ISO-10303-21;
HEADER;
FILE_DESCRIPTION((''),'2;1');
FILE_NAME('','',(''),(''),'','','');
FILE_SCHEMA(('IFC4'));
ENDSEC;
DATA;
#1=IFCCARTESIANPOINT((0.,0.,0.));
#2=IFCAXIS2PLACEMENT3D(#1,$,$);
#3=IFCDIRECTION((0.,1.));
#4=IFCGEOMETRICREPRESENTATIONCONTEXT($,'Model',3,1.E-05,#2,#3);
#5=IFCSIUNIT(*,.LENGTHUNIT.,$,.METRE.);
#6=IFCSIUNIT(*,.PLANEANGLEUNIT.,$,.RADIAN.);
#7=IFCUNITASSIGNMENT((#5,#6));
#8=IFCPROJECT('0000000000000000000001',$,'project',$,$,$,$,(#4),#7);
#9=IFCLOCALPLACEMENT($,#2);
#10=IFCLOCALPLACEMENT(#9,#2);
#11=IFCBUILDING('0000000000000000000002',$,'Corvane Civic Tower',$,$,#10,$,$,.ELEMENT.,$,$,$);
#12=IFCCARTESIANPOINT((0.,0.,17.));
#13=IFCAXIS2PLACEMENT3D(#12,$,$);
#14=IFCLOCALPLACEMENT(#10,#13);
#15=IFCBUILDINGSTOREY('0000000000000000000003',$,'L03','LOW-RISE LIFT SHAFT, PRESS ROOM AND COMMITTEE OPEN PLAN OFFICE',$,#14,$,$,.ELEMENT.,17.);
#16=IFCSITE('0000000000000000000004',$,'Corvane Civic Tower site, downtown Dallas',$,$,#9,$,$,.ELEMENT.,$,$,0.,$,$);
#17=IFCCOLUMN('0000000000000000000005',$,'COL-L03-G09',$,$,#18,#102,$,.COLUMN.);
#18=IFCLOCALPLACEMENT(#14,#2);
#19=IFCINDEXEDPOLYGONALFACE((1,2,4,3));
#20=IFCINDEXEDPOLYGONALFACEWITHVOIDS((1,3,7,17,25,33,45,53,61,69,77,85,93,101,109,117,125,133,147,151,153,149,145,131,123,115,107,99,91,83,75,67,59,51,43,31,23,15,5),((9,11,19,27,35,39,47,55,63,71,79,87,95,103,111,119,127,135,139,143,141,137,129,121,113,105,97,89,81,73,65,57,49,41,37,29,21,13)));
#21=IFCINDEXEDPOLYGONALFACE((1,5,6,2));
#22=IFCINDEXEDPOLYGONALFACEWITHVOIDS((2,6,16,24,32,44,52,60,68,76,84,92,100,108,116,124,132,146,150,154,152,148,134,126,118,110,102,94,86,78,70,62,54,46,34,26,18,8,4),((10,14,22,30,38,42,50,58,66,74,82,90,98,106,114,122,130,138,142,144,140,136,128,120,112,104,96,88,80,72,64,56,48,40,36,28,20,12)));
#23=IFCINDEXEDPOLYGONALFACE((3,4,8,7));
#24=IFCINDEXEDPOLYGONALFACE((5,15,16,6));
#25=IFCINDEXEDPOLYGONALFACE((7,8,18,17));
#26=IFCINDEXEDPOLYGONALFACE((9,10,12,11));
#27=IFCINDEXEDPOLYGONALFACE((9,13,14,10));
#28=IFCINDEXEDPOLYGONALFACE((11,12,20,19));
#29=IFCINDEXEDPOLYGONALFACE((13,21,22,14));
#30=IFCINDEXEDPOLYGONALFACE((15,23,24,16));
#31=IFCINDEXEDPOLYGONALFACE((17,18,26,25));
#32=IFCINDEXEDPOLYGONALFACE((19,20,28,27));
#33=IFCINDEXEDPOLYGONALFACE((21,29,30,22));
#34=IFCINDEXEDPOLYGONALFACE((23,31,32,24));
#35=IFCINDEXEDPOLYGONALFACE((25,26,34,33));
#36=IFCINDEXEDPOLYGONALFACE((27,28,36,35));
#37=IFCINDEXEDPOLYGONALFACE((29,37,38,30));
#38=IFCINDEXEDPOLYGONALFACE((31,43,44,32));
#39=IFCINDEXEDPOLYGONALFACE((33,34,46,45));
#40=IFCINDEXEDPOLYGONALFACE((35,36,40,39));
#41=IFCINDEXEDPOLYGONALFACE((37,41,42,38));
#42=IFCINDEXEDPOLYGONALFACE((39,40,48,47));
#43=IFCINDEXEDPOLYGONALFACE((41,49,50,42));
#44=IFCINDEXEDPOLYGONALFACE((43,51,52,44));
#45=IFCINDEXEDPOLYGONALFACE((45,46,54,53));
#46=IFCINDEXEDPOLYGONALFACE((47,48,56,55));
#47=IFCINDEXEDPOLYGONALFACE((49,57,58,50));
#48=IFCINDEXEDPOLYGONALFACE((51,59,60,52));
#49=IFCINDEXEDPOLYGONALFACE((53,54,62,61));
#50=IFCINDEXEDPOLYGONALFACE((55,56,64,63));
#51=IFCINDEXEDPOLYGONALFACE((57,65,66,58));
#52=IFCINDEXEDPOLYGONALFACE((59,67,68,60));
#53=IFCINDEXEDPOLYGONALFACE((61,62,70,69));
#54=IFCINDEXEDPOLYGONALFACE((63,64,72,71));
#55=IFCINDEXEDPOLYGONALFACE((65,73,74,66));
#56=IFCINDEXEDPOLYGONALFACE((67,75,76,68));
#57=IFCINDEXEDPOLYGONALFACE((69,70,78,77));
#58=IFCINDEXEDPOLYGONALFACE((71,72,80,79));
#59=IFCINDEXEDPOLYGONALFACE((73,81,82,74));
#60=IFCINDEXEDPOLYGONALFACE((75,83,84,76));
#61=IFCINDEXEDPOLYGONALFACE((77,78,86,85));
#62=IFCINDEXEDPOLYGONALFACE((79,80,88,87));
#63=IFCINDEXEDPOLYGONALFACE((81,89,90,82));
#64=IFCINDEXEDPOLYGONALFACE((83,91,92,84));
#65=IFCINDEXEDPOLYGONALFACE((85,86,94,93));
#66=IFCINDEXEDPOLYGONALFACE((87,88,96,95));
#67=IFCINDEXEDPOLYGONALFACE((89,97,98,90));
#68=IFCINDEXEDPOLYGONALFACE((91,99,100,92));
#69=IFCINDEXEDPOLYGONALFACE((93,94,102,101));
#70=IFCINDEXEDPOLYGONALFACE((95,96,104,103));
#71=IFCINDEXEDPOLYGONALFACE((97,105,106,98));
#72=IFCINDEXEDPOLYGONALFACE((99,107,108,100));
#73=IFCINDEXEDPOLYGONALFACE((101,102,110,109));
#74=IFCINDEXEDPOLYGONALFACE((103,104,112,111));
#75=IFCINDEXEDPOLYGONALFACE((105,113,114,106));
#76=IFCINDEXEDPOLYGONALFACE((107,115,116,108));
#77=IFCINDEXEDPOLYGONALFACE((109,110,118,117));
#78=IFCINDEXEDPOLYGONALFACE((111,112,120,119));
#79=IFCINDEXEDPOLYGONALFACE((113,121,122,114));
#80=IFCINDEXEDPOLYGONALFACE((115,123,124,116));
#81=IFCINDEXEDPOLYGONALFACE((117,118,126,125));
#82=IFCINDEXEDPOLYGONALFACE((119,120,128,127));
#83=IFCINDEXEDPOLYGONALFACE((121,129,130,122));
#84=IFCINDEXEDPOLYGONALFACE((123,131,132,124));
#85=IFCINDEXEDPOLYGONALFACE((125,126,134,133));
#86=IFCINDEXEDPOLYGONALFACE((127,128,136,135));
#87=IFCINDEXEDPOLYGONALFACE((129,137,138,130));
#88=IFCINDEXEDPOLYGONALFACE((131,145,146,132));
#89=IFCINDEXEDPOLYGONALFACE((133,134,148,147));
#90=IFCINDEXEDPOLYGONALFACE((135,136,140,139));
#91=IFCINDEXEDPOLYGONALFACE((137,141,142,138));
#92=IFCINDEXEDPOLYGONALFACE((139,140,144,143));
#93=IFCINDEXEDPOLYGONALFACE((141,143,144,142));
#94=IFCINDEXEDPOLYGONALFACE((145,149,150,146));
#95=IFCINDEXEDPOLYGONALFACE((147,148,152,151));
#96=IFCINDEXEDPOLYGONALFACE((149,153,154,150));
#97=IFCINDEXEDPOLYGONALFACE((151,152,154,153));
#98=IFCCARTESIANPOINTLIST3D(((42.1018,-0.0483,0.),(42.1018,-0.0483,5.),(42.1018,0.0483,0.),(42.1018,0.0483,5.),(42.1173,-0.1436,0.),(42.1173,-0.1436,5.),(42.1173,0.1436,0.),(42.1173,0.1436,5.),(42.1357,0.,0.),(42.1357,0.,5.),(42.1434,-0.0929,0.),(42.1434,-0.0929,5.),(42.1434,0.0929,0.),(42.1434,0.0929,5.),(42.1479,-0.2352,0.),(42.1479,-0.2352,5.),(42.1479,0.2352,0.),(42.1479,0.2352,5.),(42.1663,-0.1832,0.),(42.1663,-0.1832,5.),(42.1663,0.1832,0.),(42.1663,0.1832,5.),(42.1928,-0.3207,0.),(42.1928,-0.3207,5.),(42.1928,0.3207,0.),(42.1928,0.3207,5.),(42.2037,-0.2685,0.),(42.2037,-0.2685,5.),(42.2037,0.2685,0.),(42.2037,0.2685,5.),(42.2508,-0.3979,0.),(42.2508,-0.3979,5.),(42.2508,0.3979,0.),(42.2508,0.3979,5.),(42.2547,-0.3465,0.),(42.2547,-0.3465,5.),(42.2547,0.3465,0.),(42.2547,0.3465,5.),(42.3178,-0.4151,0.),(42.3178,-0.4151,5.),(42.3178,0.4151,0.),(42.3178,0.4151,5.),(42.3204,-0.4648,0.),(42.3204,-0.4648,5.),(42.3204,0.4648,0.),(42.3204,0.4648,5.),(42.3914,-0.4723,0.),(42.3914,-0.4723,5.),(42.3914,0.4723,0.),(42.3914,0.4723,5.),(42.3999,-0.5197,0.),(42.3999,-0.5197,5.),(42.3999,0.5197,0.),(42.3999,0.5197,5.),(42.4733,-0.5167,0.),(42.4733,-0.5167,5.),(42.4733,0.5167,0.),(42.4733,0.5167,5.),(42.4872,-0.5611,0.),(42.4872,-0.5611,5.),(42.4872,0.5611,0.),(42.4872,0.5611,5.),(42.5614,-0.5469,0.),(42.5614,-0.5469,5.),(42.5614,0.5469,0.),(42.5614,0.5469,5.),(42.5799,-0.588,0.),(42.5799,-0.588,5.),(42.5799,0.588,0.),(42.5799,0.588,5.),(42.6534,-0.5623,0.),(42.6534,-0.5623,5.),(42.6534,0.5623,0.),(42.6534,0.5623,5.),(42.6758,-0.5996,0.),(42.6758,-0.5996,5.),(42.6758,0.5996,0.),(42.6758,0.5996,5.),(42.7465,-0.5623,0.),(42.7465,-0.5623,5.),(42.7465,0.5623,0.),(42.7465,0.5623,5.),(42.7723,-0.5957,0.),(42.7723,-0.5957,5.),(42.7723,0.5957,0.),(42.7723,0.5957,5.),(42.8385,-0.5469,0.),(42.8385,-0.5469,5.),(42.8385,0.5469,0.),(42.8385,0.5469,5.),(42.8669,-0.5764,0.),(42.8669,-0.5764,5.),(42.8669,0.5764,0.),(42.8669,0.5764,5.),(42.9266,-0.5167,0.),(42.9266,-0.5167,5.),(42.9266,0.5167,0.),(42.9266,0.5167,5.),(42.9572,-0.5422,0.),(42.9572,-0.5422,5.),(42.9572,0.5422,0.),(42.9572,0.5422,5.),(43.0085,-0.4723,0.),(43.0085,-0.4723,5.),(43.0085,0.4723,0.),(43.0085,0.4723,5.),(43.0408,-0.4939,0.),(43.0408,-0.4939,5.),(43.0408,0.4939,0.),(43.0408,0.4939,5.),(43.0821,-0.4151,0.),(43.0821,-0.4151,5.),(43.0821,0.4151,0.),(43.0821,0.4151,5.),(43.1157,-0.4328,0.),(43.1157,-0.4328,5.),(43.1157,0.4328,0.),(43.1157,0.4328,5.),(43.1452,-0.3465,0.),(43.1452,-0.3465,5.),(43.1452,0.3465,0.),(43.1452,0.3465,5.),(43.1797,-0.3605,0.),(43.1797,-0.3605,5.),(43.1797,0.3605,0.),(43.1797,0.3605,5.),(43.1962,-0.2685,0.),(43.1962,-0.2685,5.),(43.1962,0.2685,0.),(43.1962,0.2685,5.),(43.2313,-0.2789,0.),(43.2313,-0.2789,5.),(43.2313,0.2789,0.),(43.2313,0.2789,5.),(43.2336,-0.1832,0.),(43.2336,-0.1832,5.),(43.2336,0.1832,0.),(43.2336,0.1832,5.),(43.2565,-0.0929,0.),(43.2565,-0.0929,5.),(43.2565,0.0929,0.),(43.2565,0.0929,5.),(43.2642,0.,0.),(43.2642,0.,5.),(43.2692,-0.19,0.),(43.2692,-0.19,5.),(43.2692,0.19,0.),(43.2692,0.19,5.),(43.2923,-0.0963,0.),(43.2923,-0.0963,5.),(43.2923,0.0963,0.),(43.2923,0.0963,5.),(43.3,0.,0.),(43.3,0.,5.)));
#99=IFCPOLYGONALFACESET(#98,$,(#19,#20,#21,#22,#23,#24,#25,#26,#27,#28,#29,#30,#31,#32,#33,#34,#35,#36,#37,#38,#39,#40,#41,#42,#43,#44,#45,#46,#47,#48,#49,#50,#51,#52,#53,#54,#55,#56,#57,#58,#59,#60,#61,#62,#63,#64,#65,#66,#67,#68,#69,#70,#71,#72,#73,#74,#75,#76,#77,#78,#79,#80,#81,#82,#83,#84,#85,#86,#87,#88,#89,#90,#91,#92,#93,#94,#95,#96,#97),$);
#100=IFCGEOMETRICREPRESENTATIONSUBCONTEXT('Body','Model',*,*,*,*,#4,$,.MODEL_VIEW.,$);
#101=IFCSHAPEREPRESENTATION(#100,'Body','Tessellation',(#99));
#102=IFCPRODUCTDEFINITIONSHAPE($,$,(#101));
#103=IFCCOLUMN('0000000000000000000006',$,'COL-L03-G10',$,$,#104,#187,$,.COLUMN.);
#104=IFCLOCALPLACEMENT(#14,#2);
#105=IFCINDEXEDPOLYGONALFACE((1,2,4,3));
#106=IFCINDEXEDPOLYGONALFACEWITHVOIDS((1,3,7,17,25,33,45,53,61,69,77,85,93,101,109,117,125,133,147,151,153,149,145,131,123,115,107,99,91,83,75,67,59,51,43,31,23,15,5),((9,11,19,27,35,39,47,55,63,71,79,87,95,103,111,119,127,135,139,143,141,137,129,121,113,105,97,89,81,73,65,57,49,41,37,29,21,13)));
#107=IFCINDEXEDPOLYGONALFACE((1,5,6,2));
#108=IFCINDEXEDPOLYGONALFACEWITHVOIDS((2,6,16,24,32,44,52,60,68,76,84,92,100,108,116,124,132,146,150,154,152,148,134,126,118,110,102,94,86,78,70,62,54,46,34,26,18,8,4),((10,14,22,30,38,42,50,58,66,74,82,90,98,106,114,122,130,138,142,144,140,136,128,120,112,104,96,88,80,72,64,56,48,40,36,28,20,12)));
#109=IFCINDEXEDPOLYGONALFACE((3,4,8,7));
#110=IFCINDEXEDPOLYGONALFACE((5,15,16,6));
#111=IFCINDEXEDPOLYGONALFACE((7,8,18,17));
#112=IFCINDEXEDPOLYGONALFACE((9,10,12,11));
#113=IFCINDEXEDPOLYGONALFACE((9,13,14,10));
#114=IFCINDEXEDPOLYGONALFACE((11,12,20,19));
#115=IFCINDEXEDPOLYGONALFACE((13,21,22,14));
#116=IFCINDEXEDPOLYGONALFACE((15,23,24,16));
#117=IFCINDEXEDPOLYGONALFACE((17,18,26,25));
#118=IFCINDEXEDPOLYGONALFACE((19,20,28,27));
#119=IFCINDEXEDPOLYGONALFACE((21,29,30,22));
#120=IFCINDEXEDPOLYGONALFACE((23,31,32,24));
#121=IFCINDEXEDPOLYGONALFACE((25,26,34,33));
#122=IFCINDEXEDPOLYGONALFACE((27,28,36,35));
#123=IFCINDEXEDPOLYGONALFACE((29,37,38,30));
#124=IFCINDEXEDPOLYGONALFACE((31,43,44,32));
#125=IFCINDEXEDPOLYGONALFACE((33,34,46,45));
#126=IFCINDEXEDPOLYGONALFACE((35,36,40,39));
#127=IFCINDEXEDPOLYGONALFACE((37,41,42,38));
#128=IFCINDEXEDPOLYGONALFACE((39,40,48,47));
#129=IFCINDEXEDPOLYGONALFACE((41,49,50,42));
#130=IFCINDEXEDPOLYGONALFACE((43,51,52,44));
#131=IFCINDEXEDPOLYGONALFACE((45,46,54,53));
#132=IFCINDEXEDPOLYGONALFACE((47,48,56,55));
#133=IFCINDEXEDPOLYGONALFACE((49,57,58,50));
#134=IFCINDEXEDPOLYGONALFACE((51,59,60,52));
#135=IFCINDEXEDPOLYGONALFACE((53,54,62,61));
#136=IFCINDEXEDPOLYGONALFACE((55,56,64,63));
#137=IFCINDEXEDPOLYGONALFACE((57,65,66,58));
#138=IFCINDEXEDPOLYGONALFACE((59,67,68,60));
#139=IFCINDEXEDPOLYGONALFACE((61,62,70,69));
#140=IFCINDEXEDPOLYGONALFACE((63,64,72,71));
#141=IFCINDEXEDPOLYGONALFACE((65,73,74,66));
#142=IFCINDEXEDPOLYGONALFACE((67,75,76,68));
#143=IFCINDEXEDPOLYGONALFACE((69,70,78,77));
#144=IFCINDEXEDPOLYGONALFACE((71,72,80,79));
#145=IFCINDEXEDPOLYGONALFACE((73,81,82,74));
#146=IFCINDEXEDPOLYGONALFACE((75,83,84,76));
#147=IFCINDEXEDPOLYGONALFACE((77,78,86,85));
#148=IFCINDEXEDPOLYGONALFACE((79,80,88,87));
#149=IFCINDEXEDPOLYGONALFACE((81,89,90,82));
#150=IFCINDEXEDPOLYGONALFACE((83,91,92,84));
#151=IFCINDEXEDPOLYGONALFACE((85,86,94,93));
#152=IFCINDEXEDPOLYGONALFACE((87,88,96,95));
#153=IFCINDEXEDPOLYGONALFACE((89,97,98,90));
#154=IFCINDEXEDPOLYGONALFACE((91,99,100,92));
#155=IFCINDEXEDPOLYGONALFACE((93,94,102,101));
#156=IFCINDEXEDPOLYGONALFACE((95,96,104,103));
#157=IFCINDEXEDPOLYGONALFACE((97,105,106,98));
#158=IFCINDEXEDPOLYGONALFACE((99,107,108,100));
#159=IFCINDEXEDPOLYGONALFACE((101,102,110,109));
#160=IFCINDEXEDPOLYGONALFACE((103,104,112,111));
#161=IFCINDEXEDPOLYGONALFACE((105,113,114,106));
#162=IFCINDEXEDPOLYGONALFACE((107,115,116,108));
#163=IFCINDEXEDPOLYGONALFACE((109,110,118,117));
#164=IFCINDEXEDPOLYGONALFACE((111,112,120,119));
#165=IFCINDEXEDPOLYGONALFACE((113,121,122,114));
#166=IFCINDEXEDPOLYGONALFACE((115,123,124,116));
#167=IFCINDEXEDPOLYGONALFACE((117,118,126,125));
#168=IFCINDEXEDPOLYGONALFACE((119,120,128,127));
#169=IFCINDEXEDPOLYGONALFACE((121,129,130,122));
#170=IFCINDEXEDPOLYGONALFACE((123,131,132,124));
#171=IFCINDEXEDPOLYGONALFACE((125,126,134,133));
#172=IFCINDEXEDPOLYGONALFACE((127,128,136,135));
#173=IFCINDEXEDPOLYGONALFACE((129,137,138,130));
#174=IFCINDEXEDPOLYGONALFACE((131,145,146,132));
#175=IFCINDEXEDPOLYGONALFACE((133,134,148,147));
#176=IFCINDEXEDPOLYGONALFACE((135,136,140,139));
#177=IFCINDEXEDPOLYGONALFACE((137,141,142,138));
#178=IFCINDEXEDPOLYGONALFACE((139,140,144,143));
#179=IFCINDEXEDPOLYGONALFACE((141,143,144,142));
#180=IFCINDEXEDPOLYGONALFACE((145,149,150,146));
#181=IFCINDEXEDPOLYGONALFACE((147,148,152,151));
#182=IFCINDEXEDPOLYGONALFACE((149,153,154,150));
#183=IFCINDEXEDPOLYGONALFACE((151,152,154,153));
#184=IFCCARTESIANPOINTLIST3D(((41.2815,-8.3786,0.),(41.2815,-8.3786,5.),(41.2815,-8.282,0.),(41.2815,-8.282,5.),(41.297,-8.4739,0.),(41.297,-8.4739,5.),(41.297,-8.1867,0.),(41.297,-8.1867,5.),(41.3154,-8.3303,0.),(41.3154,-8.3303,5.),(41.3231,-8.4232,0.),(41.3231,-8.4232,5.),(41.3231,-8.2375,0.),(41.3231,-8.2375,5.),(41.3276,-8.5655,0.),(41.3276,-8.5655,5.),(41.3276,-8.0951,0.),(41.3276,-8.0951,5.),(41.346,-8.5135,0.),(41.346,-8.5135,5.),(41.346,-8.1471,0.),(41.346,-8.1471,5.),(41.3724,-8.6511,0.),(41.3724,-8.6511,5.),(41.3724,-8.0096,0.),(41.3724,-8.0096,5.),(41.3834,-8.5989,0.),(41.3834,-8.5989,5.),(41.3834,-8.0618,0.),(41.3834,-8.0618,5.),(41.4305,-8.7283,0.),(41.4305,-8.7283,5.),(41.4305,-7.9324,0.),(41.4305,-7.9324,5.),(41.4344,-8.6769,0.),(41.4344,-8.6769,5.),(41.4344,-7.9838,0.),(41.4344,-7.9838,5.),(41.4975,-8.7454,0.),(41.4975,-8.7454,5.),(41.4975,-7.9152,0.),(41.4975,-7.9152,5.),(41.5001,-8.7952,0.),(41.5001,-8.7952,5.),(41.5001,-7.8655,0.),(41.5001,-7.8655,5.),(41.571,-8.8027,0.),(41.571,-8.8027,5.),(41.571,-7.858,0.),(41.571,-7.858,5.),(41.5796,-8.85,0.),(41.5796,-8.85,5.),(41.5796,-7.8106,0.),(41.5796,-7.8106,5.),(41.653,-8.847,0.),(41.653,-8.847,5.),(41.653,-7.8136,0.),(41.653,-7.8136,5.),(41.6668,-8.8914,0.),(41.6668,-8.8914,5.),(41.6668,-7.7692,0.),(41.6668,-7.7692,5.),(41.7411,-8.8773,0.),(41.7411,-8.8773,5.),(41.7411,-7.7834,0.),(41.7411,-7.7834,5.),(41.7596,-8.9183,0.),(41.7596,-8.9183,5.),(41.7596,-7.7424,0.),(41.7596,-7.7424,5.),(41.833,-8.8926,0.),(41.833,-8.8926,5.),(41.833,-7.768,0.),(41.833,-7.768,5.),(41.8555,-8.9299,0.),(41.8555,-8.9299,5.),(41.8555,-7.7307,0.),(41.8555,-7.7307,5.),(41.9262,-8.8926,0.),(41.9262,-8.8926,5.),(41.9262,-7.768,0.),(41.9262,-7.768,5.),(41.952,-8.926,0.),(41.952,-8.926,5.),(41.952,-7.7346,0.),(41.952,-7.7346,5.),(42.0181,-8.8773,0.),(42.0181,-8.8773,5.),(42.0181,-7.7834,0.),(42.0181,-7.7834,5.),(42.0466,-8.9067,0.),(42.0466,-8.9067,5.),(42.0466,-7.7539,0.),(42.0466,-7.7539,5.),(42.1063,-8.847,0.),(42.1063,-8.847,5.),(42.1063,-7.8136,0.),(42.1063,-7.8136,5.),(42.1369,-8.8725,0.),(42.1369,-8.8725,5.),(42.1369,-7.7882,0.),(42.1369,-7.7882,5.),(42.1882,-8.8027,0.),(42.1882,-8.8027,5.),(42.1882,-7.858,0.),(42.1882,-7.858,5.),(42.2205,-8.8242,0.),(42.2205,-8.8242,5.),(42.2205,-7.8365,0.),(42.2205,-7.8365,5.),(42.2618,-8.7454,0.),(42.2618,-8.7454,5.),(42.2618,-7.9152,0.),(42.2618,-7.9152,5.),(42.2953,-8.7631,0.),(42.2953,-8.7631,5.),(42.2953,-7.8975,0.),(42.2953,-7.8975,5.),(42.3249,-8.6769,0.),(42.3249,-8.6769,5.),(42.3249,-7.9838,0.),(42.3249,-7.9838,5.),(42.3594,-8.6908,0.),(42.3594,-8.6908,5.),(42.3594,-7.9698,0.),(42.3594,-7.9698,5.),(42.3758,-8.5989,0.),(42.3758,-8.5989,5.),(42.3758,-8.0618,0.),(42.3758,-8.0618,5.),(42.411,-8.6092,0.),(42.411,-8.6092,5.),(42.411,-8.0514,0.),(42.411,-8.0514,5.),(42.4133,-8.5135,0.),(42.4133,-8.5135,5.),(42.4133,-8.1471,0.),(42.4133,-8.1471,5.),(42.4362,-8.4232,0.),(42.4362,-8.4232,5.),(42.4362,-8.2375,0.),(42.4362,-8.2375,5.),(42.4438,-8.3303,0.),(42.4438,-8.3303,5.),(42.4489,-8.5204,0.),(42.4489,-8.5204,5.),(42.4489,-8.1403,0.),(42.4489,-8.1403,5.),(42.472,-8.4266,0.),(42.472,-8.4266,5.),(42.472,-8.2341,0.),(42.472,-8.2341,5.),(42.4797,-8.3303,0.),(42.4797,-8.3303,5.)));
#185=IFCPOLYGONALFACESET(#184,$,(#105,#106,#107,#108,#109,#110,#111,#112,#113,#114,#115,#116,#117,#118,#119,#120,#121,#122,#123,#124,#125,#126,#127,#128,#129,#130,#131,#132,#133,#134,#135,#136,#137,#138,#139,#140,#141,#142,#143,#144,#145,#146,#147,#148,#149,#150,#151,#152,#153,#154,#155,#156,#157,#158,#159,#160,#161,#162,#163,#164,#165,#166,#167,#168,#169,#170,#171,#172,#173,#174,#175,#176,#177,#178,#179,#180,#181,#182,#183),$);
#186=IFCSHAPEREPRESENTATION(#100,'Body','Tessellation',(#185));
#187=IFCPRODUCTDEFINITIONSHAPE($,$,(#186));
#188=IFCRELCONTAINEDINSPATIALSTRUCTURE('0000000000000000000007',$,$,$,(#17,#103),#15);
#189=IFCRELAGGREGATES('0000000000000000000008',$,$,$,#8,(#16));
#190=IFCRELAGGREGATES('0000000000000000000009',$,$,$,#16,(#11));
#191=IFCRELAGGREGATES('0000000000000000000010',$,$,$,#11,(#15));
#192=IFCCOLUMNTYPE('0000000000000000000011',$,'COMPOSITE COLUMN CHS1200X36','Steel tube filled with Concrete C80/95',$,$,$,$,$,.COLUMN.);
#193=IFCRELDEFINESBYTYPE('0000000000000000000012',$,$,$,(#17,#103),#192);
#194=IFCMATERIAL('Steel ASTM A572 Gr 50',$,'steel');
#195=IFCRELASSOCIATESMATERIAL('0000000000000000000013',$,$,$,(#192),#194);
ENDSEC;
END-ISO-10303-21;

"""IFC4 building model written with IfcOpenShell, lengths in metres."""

from ifc_helpers import new_model, si_unit, direction, frame, origin, origin_2d, place, context, subcontext, project, spatial, hollow_circle, extrude, material, material_profile, profile_set, type_object, element, save


model = new_model("IFC4")

# Units and contexts
model_context = context("Model", 3, precision=1e-05, world=origin(), true_north=direction((0.0, 1.0)))
body_context = subcontext(model_context, "Body", "Model", "MODEL_VIEW")
ifc_project = project(units=[si_unit("LENGTHUNIT", "METRE"), si_unit("PLANEANGLEUNIT", "RADIAN")], contexts=[model_context])

# Site, building, storey
site_placement = place(None, origin())
site = spatial("IfcSite", under=ifc_project, at=site_placement, Name="Corvane Civic Tower site, downtown Dallas", CompositionType="ELEMENT", RefElevation=0.0)
building_placement = place(site_placement, origin())
building = spatial("IfcBuilding", under=site, at=building_placement, Name="Corvane Civic Tower", CompositionType="ELEMENT")
storey_placement = place(building_placement, frame((0.0, 0.0, 17.0)))
storey = spatial("IfcBuildingStorey", under=building, at=storey_placement, Name="L03", Description="LOW-RISE LIFT SHAFT, PRESS ROOM AND COMMITTEE OPEN PLAN OFFICE", CompositionType="ELEMENT", Elevation=17.0)

# Columns
ifc_material_1 = material(Name="Steel ASTM A572 Gr 50", Category="steel")
ifc_material_profile_1 = material_profile(ifc_material_1, hollow_circle(Radius=0.6001, WallThickness=0.0359, at=origin_2d()), Name="CHS1200X36")
ifc_profile_set_1 = profile_set([ifc_material_profile_1], Name="Steel ASTM A572 Gr 50")
column_type_1 = type_object("IfcColumnType", Name="COMPOSITE COLUMN CHS1200X36", Description="Steel tube filled with Concrete C80/95", PredefinedType="COLUMN", material=ifc_profile_set_1)
for number, where, z_axis, x_axis, name in (
    (1, (42.7, 0.0, 0.0), (0.0, 0.0, 1.0), (1.0, 0.0, 0.0), "COL-L03-G09"),
    (2, (41.8796, -8.3303, 0.0), (0.0, 0.0, 1.0), (1.0, 0.0, 0.0), "COL-L03-G10"),
):
    element("IfcColumn", number, at=place(storey_placement, frame(where, z_axis=z_axis, x_axis=x_axis)), inside=storey, type_object=column_type_1, Name=name, PredefinedType="COLUMN", context=body_context, shape_type="SweptSolid", body=[
        extrude(hollow_circle(Radius=0.6001, WallThickness=0.0359, at=origin_2d()), origin(), (0.0, 0.0, 1.0), 5.0),
    ])

save(model, "model.ifc")
